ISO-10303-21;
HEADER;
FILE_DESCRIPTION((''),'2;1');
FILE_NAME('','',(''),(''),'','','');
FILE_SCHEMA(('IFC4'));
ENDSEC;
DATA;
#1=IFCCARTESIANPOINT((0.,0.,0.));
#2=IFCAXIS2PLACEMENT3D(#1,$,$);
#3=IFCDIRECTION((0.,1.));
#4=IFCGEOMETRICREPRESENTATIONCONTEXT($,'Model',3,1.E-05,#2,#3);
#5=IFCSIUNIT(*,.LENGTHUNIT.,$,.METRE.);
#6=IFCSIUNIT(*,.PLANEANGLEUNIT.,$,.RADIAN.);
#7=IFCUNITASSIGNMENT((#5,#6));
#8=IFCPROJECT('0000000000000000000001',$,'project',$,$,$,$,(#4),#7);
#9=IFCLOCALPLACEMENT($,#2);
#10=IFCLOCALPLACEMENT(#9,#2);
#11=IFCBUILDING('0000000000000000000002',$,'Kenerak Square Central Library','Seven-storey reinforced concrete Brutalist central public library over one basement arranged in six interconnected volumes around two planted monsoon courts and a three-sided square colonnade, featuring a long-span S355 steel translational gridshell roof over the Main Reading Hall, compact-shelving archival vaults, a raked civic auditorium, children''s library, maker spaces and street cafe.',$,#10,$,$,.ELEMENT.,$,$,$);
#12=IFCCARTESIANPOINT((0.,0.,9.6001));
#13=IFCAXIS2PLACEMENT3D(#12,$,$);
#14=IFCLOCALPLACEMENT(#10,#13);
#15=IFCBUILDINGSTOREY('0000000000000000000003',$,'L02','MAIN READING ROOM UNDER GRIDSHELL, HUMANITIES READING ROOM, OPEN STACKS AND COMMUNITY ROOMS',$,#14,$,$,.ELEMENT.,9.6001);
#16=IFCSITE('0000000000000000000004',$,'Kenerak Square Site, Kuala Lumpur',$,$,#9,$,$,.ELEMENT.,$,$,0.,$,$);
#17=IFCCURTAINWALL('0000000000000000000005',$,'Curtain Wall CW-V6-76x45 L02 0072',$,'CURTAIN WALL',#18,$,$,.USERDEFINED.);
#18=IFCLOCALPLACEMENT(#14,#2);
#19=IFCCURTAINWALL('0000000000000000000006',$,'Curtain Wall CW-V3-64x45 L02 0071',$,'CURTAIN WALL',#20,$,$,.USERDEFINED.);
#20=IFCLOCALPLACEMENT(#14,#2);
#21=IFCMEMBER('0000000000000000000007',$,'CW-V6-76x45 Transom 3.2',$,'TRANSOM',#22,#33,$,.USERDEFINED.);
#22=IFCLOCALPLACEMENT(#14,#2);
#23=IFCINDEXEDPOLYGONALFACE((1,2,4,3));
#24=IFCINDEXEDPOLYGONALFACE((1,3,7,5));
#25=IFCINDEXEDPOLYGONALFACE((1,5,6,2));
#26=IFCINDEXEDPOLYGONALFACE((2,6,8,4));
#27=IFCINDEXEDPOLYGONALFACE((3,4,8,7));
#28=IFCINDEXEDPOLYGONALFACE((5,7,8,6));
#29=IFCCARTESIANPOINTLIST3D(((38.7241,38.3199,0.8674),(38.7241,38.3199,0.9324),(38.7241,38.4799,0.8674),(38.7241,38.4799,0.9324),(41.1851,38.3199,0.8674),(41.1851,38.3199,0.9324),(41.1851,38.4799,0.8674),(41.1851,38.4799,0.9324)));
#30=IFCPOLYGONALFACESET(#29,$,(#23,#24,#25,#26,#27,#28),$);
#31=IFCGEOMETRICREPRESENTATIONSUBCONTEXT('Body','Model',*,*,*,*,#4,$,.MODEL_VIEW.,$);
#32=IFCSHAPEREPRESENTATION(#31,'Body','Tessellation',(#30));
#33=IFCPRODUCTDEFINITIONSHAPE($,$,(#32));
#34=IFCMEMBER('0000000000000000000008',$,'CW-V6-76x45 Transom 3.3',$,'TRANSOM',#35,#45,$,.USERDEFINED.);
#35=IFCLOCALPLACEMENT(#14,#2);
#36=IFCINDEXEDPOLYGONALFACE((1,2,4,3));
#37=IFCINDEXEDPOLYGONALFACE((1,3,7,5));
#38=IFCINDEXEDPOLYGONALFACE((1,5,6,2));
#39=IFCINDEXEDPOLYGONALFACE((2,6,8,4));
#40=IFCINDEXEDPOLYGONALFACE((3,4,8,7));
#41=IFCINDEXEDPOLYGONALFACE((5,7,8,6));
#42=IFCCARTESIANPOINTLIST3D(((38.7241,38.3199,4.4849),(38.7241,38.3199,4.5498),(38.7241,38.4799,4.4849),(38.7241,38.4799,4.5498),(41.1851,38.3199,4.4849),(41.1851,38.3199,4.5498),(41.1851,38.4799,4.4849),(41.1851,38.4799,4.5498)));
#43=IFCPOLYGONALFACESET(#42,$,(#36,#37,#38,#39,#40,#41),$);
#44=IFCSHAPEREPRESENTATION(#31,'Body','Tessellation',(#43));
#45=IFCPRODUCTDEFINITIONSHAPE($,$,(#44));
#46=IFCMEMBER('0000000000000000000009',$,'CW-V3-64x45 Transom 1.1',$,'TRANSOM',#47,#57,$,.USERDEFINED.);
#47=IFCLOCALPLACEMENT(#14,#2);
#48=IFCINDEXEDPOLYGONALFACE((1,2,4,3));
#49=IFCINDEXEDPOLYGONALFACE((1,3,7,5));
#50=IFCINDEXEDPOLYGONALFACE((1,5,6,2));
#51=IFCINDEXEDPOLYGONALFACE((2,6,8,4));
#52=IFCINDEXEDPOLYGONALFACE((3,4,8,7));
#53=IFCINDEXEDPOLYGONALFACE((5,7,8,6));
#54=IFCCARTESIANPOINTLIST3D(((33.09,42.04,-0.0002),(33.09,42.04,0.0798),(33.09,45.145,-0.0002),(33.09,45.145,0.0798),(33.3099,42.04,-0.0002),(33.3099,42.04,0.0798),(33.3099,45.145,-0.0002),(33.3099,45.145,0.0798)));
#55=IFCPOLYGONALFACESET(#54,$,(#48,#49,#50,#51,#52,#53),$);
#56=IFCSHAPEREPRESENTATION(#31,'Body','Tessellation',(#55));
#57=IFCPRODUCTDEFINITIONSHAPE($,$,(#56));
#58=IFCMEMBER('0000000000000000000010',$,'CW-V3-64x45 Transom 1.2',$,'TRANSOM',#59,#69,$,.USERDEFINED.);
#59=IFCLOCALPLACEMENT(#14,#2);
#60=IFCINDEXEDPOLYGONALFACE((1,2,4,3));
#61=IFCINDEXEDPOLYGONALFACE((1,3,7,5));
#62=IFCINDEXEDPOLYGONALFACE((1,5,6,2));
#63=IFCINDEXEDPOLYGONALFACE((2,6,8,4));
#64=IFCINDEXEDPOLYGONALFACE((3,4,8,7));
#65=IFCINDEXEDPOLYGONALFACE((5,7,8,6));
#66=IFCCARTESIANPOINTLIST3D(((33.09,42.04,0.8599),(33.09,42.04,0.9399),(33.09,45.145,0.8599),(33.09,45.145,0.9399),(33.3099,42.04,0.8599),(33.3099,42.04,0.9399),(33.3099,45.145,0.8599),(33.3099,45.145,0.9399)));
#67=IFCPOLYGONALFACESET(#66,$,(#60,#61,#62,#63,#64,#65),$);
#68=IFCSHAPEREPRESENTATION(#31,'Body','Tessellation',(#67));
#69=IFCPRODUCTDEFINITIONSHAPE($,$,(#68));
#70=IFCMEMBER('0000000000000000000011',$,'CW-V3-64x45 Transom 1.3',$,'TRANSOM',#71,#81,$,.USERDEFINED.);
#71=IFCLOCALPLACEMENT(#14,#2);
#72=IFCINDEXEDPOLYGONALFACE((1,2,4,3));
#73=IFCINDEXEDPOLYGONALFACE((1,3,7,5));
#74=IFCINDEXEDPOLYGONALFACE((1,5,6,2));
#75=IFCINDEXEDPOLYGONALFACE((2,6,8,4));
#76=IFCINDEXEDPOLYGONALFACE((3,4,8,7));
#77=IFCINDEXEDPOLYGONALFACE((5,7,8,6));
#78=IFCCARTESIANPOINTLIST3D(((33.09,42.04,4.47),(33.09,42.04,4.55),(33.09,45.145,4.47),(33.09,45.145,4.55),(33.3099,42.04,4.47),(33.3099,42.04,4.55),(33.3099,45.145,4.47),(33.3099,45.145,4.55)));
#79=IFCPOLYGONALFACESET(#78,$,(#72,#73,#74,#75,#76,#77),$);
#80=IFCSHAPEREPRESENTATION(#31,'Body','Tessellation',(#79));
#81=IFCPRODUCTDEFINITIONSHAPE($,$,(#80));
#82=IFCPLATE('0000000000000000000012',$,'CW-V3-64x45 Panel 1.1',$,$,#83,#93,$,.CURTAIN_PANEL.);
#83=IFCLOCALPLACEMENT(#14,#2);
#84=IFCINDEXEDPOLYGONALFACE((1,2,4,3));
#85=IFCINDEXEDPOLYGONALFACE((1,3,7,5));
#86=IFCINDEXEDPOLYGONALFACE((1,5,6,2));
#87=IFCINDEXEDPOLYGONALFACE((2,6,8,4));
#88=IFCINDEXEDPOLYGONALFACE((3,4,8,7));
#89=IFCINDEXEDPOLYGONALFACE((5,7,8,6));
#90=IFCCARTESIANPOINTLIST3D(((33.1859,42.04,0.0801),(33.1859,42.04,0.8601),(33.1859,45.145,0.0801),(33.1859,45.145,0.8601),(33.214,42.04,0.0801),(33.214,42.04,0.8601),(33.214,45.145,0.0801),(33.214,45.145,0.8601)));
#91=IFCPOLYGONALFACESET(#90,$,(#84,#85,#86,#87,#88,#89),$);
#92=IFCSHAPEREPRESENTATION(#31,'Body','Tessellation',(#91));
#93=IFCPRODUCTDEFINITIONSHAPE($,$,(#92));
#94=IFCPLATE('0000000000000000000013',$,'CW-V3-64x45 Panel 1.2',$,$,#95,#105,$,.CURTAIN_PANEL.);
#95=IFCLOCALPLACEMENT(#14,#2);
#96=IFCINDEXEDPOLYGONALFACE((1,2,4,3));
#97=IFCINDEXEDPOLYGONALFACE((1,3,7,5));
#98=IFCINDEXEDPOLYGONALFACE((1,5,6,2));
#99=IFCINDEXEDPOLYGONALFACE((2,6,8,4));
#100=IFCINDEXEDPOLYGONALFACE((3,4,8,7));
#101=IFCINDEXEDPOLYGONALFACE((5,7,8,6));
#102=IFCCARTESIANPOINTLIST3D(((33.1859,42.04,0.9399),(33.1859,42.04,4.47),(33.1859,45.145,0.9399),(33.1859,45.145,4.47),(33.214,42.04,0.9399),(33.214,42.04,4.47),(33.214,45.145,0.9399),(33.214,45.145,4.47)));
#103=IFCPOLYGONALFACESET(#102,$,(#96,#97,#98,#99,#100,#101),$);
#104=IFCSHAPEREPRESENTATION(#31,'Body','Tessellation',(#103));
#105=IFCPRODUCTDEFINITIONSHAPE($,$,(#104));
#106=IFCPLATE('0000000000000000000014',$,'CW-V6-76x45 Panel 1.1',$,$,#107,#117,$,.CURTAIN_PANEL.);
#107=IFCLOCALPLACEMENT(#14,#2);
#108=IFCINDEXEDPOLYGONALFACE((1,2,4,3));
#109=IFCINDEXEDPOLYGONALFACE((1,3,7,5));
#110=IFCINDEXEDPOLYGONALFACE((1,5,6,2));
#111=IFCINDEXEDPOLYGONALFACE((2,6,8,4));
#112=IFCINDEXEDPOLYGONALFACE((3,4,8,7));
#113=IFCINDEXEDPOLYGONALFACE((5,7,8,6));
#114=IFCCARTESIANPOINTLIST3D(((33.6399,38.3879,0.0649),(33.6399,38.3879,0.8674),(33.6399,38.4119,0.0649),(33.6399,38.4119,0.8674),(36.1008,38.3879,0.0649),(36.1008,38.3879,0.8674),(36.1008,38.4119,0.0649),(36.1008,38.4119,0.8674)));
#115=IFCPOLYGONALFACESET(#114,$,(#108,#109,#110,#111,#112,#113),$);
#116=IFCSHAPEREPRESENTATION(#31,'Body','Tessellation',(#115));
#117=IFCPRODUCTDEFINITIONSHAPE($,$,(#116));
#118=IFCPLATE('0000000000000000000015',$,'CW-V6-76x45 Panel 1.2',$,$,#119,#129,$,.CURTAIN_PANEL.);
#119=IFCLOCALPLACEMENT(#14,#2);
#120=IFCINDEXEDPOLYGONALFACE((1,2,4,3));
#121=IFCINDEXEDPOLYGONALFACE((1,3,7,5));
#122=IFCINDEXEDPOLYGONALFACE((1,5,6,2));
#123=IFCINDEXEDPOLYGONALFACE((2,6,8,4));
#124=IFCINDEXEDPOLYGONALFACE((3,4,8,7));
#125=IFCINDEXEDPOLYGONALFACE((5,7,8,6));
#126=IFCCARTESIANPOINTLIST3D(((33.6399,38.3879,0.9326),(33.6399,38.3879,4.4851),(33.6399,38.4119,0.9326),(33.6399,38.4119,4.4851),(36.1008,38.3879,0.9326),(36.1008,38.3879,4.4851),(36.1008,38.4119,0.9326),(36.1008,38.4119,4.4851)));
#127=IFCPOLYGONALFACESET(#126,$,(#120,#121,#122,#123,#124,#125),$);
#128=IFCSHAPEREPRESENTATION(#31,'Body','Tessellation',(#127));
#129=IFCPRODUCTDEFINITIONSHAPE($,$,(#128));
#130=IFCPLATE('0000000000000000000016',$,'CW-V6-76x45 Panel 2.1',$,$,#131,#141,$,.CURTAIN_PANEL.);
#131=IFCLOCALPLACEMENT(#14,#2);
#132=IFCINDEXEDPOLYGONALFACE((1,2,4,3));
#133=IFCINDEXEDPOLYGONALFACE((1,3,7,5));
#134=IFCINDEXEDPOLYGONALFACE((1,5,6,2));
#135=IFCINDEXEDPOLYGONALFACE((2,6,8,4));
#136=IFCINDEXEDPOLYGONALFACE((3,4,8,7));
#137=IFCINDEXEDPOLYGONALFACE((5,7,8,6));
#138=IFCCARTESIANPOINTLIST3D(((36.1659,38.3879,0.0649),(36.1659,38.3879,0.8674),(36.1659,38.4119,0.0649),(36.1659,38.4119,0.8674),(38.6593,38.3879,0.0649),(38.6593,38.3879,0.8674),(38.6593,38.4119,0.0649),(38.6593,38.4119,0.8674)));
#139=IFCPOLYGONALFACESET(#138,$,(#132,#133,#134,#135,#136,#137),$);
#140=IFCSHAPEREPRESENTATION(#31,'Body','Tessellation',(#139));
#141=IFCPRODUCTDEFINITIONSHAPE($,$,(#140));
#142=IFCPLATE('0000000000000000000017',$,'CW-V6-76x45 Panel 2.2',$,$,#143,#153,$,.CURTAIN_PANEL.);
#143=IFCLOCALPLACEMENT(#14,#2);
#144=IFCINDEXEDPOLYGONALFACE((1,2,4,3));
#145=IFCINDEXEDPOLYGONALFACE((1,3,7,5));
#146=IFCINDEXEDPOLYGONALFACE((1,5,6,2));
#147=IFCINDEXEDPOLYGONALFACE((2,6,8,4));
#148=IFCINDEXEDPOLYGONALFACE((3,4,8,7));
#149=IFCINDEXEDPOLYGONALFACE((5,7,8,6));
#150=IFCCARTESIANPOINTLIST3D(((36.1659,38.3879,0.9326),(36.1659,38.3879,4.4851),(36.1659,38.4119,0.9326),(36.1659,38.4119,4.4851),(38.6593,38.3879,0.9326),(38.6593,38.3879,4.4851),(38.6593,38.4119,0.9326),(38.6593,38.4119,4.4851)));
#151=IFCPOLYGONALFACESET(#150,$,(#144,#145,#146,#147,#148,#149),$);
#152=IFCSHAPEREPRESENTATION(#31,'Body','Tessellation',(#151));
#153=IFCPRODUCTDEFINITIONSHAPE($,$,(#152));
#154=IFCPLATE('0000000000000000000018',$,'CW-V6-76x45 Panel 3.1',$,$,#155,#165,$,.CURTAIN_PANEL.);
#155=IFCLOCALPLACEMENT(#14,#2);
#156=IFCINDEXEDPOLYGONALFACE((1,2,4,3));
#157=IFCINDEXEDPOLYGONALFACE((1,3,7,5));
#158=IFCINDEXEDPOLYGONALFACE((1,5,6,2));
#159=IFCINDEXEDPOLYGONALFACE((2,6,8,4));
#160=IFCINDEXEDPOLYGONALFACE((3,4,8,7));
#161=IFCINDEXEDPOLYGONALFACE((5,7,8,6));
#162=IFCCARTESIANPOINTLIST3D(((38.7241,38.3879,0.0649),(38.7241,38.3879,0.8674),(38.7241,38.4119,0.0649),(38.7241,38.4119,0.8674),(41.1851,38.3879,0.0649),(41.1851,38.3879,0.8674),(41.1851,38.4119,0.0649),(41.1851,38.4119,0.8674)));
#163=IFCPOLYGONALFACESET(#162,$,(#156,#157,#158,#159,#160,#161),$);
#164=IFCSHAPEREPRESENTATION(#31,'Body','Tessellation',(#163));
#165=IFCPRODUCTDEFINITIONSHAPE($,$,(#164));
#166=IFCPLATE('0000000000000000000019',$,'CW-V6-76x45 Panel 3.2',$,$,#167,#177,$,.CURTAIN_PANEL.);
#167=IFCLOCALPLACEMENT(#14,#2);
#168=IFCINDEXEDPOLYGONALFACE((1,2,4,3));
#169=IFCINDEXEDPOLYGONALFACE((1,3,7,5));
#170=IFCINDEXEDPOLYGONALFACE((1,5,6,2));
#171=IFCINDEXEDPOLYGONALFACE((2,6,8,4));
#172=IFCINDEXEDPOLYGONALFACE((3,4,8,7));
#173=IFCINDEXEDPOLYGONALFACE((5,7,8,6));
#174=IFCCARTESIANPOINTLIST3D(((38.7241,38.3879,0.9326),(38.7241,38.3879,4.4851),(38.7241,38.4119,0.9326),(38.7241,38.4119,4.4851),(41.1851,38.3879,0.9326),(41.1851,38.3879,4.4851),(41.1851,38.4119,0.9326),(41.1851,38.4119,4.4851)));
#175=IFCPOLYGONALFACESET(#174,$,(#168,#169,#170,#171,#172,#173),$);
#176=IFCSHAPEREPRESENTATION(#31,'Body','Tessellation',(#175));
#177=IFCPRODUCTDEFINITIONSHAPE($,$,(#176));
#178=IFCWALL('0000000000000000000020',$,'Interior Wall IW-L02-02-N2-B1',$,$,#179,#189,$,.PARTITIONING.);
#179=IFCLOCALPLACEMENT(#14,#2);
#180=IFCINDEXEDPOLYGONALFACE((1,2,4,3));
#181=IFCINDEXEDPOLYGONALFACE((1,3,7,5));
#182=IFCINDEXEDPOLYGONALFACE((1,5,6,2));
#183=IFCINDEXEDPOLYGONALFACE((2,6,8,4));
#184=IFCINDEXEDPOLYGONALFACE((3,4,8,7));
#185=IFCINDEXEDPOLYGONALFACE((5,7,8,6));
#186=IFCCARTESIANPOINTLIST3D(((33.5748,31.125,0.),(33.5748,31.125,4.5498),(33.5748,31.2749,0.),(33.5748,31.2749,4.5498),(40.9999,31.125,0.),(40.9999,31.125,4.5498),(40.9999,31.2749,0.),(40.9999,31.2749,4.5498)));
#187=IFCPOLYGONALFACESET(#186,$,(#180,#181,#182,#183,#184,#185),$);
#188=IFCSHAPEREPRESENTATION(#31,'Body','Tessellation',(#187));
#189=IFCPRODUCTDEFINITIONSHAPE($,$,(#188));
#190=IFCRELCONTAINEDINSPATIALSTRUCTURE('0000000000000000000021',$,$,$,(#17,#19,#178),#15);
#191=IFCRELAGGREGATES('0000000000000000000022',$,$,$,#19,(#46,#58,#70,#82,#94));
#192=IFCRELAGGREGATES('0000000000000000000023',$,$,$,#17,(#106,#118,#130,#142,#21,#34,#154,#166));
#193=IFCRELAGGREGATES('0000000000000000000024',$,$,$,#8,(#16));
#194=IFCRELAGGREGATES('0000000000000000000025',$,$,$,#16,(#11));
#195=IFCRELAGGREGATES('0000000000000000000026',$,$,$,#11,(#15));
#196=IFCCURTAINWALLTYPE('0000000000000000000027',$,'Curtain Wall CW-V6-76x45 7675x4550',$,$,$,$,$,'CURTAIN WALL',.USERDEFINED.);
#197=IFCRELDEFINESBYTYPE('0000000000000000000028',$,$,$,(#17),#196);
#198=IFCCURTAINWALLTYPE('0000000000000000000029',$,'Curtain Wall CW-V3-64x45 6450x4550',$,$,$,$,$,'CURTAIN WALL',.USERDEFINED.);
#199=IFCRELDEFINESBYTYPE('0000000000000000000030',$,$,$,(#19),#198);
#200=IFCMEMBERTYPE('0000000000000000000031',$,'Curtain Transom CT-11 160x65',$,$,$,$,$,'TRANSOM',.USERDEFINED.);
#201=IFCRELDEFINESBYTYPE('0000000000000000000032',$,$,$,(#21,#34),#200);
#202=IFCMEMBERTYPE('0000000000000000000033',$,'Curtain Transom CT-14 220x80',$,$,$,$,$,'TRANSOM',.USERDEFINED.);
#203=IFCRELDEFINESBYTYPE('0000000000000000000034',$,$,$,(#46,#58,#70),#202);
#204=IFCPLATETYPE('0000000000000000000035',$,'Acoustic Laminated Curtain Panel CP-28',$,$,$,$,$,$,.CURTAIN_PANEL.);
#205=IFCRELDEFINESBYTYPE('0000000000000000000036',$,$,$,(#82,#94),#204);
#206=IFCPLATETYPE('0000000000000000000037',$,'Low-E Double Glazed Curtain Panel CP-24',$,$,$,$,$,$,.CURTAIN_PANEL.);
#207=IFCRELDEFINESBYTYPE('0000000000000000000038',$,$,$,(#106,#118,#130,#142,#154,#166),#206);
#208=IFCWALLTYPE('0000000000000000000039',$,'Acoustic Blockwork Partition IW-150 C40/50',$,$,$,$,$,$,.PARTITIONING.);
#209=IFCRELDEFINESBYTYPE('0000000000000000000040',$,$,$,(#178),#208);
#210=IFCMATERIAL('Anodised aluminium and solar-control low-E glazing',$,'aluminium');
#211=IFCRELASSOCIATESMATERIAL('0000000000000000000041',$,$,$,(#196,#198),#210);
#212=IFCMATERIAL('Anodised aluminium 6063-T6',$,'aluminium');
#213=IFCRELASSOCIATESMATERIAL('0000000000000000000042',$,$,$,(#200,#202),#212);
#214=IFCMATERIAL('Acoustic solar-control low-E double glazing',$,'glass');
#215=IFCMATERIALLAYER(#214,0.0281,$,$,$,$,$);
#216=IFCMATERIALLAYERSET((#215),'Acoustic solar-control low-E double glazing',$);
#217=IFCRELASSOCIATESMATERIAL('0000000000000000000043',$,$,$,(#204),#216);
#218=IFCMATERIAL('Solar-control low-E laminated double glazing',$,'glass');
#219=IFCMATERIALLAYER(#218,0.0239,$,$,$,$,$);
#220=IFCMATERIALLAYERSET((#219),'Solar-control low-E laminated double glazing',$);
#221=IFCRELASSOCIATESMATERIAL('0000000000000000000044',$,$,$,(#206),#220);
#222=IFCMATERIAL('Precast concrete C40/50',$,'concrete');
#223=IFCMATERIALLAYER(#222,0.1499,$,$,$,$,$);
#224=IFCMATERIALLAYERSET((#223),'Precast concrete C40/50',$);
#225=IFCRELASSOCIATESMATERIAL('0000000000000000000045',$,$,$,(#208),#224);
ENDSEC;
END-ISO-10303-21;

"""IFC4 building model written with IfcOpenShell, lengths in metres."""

from ifc_helpers import new_model, si_unit, direction, frame, frame_2d, origin, origin_2d, place, context, subcontext, project, spatial, rectangle, extrude, material, layer, layer_set, material_profile, profile_set, type_object, element, aggregate, save


model = new_model("IFC4")

# Units and contexts
model_context = context("Model", 3, precision=1e-05, world=origin(), true_north=direction((0.0, 1.0)))
body_context = subcontext(model_context, "Body", "Model", "MODEL_VIEW")
ifc_project = project(units=[si_unit("LENGTHUNIT", "METRE"), si_unit("PLANEANGLEUNIT", "RADIAN")], contexts=[model_context])

# Site, building, storey
site_placement = place(None, origin())
site = spatial("IfcSite", under=ifc_project, at=site_placement, Name="Kenerak Square Site, Kuala Lumpur", CompositionType="ELEMENT", RefElevation=0.0)
building_placement = place(site_placement, origin())
building = spatial("IfcBuilding", under=site, at=building_placement, Name="Kenerak Square Central Library", Description="Seven-storey reinforced concrete Brutalist central public library over one basement arranged in six interconnected volumes around two planted monsoon courts and a three-sided square colonnade, featuring a long-span S355 steel translational gridshell roof over the Main Reading Hall, compact-shelving archival vaults, a raked civic auditorium, children's library, maker spaces and street cafe.", CompositionType="ELEMENT")
storey_placement = place(building_placement, frame((0.0, 0.0, 9.6001)))
storey = spatial("IfcBuildingStorey", under=building, at=storey_placement, Name="L02", Description="MAIN READING ROOM UNDER GRIDSHELL, HUMANITIES READING ROOM, OPEN STACKS AND COMMUNITY ROOMS", CompositionType="ELEMENT", Elevation=9.6001)

# Curtain walls
ifc_material_1 = material(Name="Anodised aluminium and solar-control low-E glazing", Category="aluminium")
curtain_wall_type_1 = type_object("IfcCurtainWallType", Name="Curtain Wall CW-V6-76x45 7675x4550", ElementType="CURTAIN WALL", PredefinedType="USERDEFINED", material=ifc_material_1)
curtain_wall_1_placement = place(storey_placement, origin())
curtain_wall_1 = element("IfcCurtainWall", 1, at=curtain_wall_1_placement, inside=storey, type_object=curtain_wall_type_1, Name="Curtain Wall CW-V6-76x45 L02 0072", ObjectType="CURTAIN WALL", PredefinedType="USERDEFINED")
ifc_material_2 = material(Name="Anodised aluminium 6063-T6", Category="aluminium")
curtain_wall_type_2 = type_object("IfcCurtainWallType", Name="Curtain Wall CW-V3-64x45 6450x4550", ElementType="CURTAIN WALL", PredefinedType="USERDEFINED", material=ifc_material_1)
curtain_wall_2_placement = place(storey_placement, origin())
curtain_wall_2 = element("IfcCurtainWall", 2, at=curtain_wall_2_placement, inside=storey, type_object=curtain_wall_type_2, Name="Curtain Wall CW-V3-64x45 L02 0071", ObjectType="CURTAIN WALL", PredefinedType="USERDEFINED")

# Members
ifc_material_profile_1 = material_profile(ifc_material_2, rectangle(XDim=0.1599, YDim=0.0649, at=origin_2d()), Name="AL TRANSOM 160x65")
ifc_profile_set_1 = profile_set([ifc_material_profile_1], Name="Anodised aluminium 6063-T6")
member_type_1 = type_object("IfcMemberType", Name="Curtain Transom CT-11 160x65", ElementType="TRANSOM", PredefinedType="USERDEFINED", material=ifc_profile_set_1)
member_1_placement = place(storey_placement, frame((38.7241, 38.3999, 0.8999), z_axis=(1.0, 0.0, 0.0), x_axis=(0.0, 1.0, 0.0)))
member_1 = element("IfcMember", 3, at=member_1_placement, type_object=member_type_1, Name="CW-V6-76x45 Transom 3.2", ObjectType="TRANSOM", PredefinedType="USERDEFINED", context=body_context, shape_type="SweptSolid", body=[
    extrude(rectangle(XDim=0.1599, YDim=0.0649, at=origin_2d()), origin(), (0.0, 0.0, 1.0), 2.4609),
])
member_2_placement = place(storey_placement, frame((38.7241, 38.3999, 4.5173), z_axis=(1.0, 0.0, 0.0), x_axis=(0.0, 1.0, 0.0)))
member_2 = element("IfcMember", 4, at=member_2_placement, type_object=member_type_1, Name="CW-V6-76x45 Transom 3.3", ObjectType="TRANSOM", PredefinedType="USERDEFINED", context=body_context, shape_type="SweptSolid", body=[
    extrude(rectangle(XDim=0.1599, YDim=0.0649, at=origin_2d()), origin(), (0.0, 0.0, 1.0), 2.4609),
])
ifc_material_profile_2 = material_profile(ifc_material_2, rectangle(XDim=0.22, YDim=0.0801, at=origin_2d()), Name="AL TRANSOM 220x80")
ifc_profile_set_2 = profile_set([ifc_material_profile_2], Name="Anodised aluminium 6063-T6")
member_type_2 = type_object("IfcMemberType", Name="Curtain Transom CT-14 220x80", ElementType="TRANSOM", PredefinedType="USERDEFINED", material=ifc_profile_set_2)
member_3_placement = place(storey_placement, frame((33.2, 45.145, 0.0398), z_axis=(0.0, -1.0, 0.0), x_axis=(1.0, 0.0, 0.0)))
member_3 = element("IfcMember", 5, at=member_3_placement, type_object=member_type_2, Name="CW-V3-64x45 Transom 1.1", ObjectType="TRANSOM", PredefinedType="USERDEFINED", context=body_context, shape_type="SweptSolid", body=[
    extrude(rectangle(XDim=0.22, YDim=0.0801, at=origin_2d()), origin(), (0.0, 0.0, 1.0), 3.105),
])
member_4_placement = place(storey_placement, frame((33.2, 45.145, 0.8999), z_axis=(0.0, -1.0, 0.0), x_axis=(1.0, 0.0, 0.0)))
member_4 = element("IfcMember", 6, at=member_4_placement, type_object=member_type_2, Name="CW-V3-64x45 Transom 1.2", ObjectType="TRANSOM", PredefinedType="USERDEFINED", context=body_context, shape_type="SweptSolid", body=[
    extrude(rectangle(XDim=0.22, YDim=0.0801, at=origin_2d()), origin(), (0.0, 0.0, 1.0), 3.105),
])
member_5_placement = place(storey_placement, frame((33.2, 45.145, 4.51), z_axis=(0.0, -1.0, 0.0), x_axis=(1.0, 0.0, 0.0)))
member_5 = element("IfcMember", 7, at=member_5_placement, type_object=member_type_2, Name="CW-V3-64x45 Transom 1.3", ObjectType="TRANSOM", PredefinedType="USERDEFINED", context=body_context, shape_type="SweptSolid", body=[
    extrude(rectangle(XDim=0.22, YDim=0.0801, at=origin_2d()), origin(), (0.0, 0.0, 1.0), 3.105),
])

# Plates
ifc_material_3 = material(Name="Acoustic solar-control low-E double glazing", Category="glass")
ifc_layer_1 = layer(ifc_material_3, 0.0281)
ifc_layer_set_1 = layer_set([ifc_layer_1], Name="Acoustic solar-control low-E double glazing")
plate_type_1 = type_object("IfcPlateType", Name="Acoustic Laminated Curtain Panel CP-28", PredefinedType="CURTAIN_PANEL", material=ifc_layer_set_1)
plate_1_placement = place(storey_placement, frame((33.2, 43.5925, 0.0801), z_axis=(0.0, 0.0, 1.0), x_axis=(0.0, -1.0, 0.0)))
plate_1 = element("IfcPlate", 8, at=plate_1_placement, type_object=plate_type_1, Name="CW-V3-64x45 Panel 1.1", PredefinedType="CURTAIN_PANEL", context=body_context, shape_type="SweptSolid", body=[
    extrude(rectangle(XDim=3.105, YDim=0.0281, at=origin_2d()), origin(), (0.0, 0.0, 1.0), 0.78),
])
plate_2_placement = place(storey_placement, frame((33.2, 43.5925, 0.9399), z_axis=(0.0, 0.0, 1.0), x_axis=(0.0, -1.0, 0.0)))
plate_2 = element("IfcPlate", 9, at=plate_2_placement, type_object=plate_type_1, Name="CW-V3-64x45 Panel 1.2", PredefinedType="CURTAIN_PANEL", context=body_context, shape_type="SweptSolid", body=[
    extrude(rectangle(XDim=3.105, YDim=0.0281, at=origin_2d()), origin(), (0.0, 0.0, 1.0), 3.53),
])
aggregate(curtain_wall_2, [member_3, member_4, member_5, plate_1, plate_2])
ifc_material_4 = material(Name="Solar-control low-E laminated double glazing", Category="glass")
ifc_layer_2 = layer(ifc_material_4, 0.0239)
ifc_layer_set_2 = layer_set([ifc_layer_2], Name="Solar-control low-E laminated double glazing")
plate_type_2 = type_object("IfcPlateType", Name="Low-E Double Glazed Curtain Panel CP-24", PredefinedType="CURTAIN_PANEL", material=ifc_layer_set_2)
plate_3_placement = place(storey_placement, frame((34.8704, 38.3999, 0.0649), z_axis=(0.0, 0.0, 1.0), x_axis=(1.0, 0.0, 0.0)))
plate_3 = element("IfcPlate", 10, at=plate_3_placement, type_object=plate_type_2, Name="CW-V6-76x45 Panel 1.1", PredefinedType="CURTAIN_PANEL", context=body_context, shape_type="SweptSolid", body=[
    extrude(rectangle(XDim=2.4609, YDim=0.0239, at=origin_2d()), origin(), (0.0, 0.0, 1.0), 0.8025),
])
plate_4_placement = place(storey_placement, frame((34.8704, 38.3999, 0.9326), z_axis=(0.0, 0.0, 1.0), x_axis=(1.0, 0.0, 0.0)))
plate_4 = element("IfcPlate", 11, at=plate_4_placement, type_object=plate_type_2, Name="CW-V6-76x45 Panel 1.2", PredefinedType="CURTAIN_PANEL", context=body_context, shape_type="SweptSolid", body=[
    extrude(rectangle(XDim=2.4609, YDim=0.0239, at=origin_2d()), origin(), (0.0, 0.0, 1.0), 3.5525),
])
plate_5_placement = place(storey_placement, frame((37.4126, 38.3999, 0.0649), z_axis=(0.0, 0.0, 1.0), x_axis=(1.0, 0.0, 0.0)))
plate_5 = element("IfcPlate", 12, at=plate_5_placement, type_object=plate_type_2, Name="CW-V6-76x45 Panel 2.1", PredefinedType="CURTAIN_PANEL", context=body_context, shape_type="SweptSolid", body=[
    extrude(rectangle(XDim=2.4934, YDim=0.0239, at=origin_2d()), origin(), (0.0, 0.0, 1.0), 0.8025),
])
plate_6_placement = place(storey_placement, frame((37.4126, 38.3999, 0.9326), z_axis=(0.0, 0.0, 1.0), x_axis=(1.0, 0.0, 0.0)))
plate_6 = element("IfcPlate", 13, at=plate_6_placement, type_object=plate_type_2, Name="CW-V6-76x45 Panel 2.2", PredefinedType="CURTAIN_PANEL", context=body_context, shape_type="SweptSolid", body=[
    extrude(rectangle(XDim=2.4934, YDim=0.0239, at=origin_2d()), origin(), (0.0, 0.0, 1.0), 3.5525),
])
plate_7_placement = place(storey_placement, frame((39.9546, 38.3999, 0.0649), z_axis=(0.0, 0.0, 1.0), x_axis=(1.0, 0.0, 0.0)))
plate_7 = element("IfcPlate", 14, at=plate_7_placement, type_object=plate_type_2, Name="CW-V6-76x45 Panel 3.1", PredefinedType="CURTAIN_PANEL", context=body_context, shape_type="SweptSolid", body=[
    extrude(rectangle(XDim=2.4609, YDim=0.0239, at=origin_2d()), origin(), (0.0, 0.0, 1.0), 0.8025),
])
plate_8_placement = place(storey_placement, frame((39.9546, 38.3999, 0.9326), z_axis=(0.0, 0.0, 1.0), x_axis=(1.0, 0.0, 0.0)))
plate_8 = element("IfcPlate", 15, at=plate_8_placement, type_object=plate_type_2, Name="CW-V6-76x45 Panel 3.2", PredefinedType="CURTAIN_PANEL", context=body_context, shape_type="SweptSolid", body=[
    extrude(rectangle(XDim=2.4609, YDim=0.0239, at=origin_2d()), origin(), (0.0, 0.0, 1.0), 3.5525),
])
aggregate(curtain_wall_1, [plate_3, plate_4, plate_5, plate_6, member_1, member_2, plate_7, plate_8])

# Wall
ifc_material_5 = material(Name="Precast concrete C40/50", Category="concrete")
ifc_layer_3 = layer(ifc_material_5, 0.1499)
ifc_layer_set_3 = layer_set([ifc_layer_3], Name="Precast concrete C40/50")
wall_type = type_object("IfcWallType", Name="Acoustic Blockwork Partition IW-150 C40/50", PredefinedType="PARTITIONING", material=ifc_layer_set_3)
wall_placement = place(storey_placement, frame((33.575, 31.2, 0.0), z_axis=(0.0, 0.0, 1.0), x_axis=(1.0, 0.0, 0.0)))
element("IfcWall", 16, at=wall_placement, inside=storey, type_object=wall_type, Name="Interior Wall IW-L02-02-N2-B1", PredefinedType="PARTITIONING", context=body_context, shape_type="SweptSolid", body=[
    extrude(rectangle(XDim=7.425, YDim=0.1499, at=frame_2d((3.7124, 0.0))), origin(), (0.0, 0.0, 1.0), 4.5498),
])

save(model, "model.ifc")
